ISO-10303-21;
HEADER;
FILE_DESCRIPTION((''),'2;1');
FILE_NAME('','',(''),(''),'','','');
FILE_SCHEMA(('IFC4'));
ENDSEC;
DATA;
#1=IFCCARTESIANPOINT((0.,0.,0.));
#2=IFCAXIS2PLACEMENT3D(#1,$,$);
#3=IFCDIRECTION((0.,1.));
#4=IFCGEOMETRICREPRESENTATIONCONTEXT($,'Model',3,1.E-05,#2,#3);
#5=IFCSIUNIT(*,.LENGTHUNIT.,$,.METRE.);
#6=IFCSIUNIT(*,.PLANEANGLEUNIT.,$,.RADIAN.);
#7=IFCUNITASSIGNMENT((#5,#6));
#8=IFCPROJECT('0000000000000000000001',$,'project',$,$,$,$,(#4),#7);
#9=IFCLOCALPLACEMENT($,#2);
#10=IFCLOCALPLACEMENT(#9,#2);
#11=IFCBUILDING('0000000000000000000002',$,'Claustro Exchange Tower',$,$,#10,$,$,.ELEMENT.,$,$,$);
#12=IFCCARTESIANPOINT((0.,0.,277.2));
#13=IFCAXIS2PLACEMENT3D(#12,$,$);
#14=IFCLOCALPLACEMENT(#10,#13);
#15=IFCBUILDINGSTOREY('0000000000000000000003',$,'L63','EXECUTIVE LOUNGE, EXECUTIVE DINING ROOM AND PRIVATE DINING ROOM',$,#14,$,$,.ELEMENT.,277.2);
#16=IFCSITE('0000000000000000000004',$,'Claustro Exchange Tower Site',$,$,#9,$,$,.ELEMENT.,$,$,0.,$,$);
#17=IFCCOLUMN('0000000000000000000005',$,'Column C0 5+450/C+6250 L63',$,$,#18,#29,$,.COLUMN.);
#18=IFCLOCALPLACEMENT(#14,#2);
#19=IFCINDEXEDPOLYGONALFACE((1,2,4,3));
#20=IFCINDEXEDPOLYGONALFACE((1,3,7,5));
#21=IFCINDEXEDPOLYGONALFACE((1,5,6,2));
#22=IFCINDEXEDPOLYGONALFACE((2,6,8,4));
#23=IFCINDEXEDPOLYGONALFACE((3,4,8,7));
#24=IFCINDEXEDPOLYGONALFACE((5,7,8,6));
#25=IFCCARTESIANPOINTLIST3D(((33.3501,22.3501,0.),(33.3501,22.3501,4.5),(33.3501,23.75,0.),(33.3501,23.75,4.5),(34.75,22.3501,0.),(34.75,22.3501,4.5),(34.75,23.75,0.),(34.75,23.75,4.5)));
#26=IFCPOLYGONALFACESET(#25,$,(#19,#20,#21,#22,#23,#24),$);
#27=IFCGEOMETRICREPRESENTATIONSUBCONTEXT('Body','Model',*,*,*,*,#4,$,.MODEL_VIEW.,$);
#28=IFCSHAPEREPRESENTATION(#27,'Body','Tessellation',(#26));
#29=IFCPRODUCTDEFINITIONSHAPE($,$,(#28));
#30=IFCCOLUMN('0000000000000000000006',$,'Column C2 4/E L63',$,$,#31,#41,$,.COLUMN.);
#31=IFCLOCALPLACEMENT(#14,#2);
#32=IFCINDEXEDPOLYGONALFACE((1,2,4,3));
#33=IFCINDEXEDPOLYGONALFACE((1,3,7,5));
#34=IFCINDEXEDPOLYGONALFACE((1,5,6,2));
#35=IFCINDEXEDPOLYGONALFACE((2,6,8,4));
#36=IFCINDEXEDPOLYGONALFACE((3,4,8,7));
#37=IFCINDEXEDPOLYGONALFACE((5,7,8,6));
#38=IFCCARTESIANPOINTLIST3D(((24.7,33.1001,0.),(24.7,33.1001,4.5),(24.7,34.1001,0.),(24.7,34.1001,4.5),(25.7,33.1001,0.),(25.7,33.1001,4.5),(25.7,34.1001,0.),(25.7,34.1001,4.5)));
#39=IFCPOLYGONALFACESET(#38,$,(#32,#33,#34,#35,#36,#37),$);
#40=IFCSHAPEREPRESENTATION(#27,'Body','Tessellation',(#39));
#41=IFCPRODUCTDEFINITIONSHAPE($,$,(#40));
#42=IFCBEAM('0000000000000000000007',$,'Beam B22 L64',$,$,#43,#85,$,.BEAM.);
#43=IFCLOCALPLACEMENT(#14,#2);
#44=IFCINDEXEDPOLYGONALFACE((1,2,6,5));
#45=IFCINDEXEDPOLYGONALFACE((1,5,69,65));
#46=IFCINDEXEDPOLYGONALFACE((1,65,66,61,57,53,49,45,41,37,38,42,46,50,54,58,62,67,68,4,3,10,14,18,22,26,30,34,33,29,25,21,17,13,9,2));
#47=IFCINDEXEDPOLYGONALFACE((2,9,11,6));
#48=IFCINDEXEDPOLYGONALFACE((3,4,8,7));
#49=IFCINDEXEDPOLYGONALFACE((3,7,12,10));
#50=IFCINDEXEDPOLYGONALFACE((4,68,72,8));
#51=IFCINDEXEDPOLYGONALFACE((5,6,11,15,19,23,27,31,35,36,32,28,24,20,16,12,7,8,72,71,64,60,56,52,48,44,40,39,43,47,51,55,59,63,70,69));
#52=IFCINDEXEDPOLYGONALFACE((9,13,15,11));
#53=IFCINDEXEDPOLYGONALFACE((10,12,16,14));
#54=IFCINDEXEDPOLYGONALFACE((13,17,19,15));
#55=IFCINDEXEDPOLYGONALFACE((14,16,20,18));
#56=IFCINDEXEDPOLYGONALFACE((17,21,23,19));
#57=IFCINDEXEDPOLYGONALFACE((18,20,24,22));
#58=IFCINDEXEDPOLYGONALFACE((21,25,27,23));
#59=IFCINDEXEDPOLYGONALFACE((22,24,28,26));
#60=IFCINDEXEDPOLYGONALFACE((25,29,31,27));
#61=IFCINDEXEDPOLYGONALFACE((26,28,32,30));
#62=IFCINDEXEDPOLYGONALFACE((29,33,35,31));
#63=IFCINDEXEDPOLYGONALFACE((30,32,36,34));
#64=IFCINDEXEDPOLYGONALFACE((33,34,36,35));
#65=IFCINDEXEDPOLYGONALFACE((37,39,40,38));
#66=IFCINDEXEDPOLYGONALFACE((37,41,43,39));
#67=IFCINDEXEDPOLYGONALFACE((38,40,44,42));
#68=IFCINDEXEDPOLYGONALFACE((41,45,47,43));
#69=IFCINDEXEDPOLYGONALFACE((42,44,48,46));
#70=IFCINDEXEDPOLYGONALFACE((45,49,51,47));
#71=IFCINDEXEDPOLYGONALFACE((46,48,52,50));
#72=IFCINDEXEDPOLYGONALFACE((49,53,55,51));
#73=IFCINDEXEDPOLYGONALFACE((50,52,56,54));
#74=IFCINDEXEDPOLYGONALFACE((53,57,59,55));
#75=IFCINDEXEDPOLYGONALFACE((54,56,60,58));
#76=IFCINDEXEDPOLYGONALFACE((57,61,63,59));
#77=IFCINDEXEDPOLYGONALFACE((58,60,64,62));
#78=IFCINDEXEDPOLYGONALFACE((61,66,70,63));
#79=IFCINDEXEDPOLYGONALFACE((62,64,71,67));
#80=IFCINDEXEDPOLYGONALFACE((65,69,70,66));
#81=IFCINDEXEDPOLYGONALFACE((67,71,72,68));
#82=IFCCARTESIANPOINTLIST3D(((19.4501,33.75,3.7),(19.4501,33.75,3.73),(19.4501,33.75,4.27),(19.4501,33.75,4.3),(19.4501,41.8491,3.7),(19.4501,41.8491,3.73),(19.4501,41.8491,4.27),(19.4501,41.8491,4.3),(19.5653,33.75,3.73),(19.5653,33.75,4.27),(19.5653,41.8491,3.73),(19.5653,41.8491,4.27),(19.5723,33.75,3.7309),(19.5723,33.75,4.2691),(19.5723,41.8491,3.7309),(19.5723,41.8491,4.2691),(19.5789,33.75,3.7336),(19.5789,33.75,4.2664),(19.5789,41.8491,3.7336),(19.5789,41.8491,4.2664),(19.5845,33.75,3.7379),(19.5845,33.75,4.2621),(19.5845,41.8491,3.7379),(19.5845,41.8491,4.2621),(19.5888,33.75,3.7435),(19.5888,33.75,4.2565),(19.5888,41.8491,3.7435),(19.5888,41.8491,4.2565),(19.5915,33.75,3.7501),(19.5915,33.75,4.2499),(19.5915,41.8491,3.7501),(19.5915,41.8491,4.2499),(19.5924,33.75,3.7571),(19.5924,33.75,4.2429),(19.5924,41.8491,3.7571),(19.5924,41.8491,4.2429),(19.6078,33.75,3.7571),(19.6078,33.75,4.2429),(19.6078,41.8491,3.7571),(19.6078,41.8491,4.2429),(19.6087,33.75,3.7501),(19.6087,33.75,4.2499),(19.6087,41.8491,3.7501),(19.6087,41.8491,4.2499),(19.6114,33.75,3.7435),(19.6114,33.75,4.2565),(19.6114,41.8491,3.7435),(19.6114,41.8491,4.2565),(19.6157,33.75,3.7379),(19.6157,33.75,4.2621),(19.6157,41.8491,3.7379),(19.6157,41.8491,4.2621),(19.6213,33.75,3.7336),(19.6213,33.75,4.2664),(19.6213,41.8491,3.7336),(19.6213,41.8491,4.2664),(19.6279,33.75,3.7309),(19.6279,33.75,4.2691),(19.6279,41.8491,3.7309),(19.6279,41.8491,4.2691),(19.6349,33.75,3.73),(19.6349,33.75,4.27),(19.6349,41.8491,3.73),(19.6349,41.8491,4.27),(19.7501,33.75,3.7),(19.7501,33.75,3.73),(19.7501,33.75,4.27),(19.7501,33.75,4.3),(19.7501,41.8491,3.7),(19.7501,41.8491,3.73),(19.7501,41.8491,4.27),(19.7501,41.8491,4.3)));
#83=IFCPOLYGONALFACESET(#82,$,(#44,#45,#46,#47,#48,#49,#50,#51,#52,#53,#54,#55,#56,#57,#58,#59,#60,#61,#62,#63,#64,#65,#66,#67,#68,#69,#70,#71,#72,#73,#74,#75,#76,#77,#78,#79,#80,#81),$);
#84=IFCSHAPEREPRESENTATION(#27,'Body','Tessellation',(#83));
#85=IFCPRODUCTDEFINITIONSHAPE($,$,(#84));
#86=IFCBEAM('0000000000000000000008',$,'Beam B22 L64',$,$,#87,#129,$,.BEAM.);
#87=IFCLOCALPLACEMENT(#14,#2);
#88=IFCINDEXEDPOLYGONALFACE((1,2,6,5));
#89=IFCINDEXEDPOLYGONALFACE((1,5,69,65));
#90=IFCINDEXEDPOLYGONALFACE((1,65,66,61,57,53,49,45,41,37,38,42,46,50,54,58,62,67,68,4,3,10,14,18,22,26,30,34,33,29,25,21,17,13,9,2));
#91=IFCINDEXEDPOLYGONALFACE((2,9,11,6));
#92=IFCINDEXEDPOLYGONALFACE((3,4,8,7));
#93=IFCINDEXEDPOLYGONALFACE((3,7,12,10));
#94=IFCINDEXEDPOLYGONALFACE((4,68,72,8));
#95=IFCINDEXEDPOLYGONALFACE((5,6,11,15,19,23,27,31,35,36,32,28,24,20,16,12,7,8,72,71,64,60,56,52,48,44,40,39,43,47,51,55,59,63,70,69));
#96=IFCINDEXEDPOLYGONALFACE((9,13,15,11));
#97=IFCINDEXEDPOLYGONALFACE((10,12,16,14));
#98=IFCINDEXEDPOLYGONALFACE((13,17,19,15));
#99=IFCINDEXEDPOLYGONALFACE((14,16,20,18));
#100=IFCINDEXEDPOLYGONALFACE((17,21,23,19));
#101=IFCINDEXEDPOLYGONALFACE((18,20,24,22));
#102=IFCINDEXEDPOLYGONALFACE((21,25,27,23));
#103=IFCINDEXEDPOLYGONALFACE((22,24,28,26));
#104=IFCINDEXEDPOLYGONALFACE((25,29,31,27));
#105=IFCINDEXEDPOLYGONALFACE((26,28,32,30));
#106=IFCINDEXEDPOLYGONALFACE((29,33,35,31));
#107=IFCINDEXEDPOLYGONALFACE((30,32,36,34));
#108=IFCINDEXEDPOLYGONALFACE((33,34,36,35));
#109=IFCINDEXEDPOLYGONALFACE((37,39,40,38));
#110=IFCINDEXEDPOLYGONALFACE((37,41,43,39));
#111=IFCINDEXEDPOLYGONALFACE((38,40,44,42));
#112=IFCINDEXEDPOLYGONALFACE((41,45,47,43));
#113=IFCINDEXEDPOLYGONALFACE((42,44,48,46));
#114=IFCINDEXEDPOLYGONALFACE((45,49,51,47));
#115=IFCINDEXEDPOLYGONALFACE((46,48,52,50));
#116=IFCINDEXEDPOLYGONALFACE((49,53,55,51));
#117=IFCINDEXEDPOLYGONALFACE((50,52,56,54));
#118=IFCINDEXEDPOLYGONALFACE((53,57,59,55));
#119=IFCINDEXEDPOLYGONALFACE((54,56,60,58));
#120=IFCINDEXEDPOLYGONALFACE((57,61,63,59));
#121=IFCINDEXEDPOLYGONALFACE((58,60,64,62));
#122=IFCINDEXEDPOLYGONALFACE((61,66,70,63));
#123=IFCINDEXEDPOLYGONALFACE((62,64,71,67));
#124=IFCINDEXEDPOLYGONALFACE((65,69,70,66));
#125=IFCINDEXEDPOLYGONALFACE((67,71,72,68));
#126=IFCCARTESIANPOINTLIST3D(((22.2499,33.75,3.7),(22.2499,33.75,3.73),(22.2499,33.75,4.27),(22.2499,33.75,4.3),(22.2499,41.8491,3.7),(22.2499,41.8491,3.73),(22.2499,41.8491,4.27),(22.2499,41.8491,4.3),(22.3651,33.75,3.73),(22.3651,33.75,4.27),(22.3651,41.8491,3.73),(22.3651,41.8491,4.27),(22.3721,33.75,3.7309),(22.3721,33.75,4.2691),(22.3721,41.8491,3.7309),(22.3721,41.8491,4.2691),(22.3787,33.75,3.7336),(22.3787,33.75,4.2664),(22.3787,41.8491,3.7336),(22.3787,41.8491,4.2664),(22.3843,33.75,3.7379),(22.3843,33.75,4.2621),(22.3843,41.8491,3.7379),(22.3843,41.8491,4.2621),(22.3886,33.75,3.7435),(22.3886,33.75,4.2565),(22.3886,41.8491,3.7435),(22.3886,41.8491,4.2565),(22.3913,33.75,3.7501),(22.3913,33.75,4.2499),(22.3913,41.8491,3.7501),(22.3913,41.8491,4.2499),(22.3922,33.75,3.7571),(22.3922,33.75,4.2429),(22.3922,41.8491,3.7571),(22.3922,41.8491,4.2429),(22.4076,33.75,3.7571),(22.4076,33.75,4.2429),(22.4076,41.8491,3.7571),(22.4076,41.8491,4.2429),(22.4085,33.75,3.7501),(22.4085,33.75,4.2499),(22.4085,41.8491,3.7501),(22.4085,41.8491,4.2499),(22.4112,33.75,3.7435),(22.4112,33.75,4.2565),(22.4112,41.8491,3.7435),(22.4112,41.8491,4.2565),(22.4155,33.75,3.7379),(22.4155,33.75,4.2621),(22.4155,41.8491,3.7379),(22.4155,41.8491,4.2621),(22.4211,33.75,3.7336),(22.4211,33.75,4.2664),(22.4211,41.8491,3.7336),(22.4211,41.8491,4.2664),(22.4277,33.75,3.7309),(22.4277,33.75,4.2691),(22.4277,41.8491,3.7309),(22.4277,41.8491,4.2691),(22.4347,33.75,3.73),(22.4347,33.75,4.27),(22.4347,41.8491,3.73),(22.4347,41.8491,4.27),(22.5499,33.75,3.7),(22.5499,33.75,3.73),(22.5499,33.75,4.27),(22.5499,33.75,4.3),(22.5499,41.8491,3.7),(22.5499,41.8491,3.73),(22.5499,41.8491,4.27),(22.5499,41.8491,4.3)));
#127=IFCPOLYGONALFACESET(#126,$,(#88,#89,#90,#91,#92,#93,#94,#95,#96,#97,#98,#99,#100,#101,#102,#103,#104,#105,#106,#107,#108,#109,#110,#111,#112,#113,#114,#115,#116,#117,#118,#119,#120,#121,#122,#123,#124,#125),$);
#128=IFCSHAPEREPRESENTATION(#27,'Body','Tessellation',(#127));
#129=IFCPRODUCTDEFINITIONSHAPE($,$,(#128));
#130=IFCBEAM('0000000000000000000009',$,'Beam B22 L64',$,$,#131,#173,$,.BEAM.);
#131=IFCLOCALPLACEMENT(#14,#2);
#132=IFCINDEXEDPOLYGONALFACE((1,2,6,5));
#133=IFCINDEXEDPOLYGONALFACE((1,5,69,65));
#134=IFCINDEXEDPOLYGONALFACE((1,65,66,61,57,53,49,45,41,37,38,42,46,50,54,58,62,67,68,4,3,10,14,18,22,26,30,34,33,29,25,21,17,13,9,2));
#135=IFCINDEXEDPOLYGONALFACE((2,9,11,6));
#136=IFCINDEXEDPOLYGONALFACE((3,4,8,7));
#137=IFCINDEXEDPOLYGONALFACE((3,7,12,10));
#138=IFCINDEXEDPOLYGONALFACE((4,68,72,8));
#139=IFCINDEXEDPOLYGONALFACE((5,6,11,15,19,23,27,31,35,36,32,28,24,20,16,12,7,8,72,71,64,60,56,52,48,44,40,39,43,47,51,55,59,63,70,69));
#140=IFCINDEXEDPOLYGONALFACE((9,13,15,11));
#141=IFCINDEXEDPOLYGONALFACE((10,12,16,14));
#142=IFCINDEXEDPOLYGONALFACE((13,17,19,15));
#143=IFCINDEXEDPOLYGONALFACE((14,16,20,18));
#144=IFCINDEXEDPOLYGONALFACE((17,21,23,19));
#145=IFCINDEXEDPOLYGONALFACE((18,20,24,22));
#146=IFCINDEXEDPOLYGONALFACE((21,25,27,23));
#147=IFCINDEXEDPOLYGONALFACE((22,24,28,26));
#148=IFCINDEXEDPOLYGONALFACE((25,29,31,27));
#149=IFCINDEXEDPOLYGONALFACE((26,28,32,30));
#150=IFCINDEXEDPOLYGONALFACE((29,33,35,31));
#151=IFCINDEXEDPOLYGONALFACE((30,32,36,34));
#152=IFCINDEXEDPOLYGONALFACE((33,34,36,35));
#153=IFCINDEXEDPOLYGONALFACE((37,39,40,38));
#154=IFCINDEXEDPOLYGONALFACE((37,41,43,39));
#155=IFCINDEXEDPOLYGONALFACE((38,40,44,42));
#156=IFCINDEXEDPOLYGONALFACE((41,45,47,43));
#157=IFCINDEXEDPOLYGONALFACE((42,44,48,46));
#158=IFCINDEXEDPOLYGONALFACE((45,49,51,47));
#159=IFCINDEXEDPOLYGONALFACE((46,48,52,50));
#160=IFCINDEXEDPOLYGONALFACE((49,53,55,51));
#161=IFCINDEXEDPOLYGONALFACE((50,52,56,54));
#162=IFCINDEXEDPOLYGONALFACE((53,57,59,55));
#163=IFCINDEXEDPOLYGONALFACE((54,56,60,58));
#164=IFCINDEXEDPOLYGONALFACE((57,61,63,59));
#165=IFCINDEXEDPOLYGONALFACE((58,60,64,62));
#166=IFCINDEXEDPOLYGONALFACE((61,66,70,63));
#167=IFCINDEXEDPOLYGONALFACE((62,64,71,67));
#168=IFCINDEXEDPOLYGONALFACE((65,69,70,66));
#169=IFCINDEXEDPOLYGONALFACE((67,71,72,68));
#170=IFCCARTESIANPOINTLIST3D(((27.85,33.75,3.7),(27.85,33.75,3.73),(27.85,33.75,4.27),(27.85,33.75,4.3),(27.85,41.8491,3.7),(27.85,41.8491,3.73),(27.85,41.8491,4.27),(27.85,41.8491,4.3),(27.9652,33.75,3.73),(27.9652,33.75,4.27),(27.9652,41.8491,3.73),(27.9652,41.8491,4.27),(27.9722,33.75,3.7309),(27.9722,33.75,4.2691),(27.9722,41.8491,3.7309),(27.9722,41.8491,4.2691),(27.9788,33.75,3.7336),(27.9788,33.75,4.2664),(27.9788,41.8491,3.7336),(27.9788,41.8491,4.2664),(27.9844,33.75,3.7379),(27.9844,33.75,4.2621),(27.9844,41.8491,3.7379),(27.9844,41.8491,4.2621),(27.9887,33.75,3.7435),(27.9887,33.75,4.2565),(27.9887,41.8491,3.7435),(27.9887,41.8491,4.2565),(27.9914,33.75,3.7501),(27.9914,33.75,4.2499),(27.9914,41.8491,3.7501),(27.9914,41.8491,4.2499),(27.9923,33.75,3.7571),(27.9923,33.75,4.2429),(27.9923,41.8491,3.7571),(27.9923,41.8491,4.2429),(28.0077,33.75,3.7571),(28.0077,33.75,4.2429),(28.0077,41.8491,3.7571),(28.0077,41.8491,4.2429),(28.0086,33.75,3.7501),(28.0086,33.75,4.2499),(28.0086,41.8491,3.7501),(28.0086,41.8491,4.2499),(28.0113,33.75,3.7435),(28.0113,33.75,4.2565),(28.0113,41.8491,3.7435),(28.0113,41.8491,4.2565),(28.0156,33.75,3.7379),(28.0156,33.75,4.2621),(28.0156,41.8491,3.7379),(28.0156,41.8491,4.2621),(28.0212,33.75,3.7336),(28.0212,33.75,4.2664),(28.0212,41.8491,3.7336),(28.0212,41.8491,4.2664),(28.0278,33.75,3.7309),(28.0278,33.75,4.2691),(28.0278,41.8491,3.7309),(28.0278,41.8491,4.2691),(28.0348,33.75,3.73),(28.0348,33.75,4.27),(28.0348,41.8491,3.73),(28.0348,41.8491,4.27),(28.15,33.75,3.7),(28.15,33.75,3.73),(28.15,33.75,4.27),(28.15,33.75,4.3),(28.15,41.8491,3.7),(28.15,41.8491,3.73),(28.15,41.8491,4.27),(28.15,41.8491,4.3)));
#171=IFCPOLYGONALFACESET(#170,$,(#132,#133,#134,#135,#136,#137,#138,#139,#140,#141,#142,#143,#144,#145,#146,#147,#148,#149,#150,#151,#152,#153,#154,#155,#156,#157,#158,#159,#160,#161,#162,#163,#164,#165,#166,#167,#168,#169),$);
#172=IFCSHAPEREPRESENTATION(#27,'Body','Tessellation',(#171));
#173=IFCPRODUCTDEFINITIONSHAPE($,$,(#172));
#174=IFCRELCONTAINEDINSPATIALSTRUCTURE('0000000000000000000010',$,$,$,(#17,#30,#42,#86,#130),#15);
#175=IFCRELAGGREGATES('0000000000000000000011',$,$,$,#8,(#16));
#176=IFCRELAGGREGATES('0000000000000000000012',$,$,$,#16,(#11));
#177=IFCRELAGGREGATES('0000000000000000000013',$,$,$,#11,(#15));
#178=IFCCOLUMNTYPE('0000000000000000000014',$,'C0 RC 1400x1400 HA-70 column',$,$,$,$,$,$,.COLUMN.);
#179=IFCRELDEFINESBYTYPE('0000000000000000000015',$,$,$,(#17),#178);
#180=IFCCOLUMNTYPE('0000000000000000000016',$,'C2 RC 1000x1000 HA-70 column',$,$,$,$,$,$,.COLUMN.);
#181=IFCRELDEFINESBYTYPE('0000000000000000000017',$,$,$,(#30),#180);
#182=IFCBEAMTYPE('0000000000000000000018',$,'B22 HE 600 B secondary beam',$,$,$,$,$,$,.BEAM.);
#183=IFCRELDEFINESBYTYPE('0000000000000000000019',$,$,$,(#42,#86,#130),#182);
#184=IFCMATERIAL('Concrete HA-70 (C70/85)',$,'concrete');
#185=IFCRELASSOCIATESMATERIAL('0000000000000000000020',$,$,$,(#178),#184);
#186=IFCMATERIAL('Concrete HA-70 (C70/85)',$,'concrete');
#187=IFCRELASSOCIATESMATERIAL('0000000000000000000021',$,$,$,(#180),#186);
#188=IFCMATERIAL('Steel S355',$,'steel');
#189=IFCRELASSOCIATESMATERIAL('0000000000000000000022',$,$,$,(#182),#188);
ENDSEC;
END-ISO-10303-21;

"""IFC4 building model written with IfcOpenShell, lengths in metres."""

from ifc_helpers import new_model, si_unit, direction, frame, origin, origin_2d, place, context, subcontext, project, spatial, rectangle, i_section, extrude, material, material_profile, profile_set, type_object, element, save


model = new_model("IFC4")

# Units and contexts
model_context = context("Model", 3, precision=1e-05, world=origin(), true_north=direction((0.0, 1.0)))
body_context = subcontext(model_context, "Body", "Model", "MODEL_VIEW")
ifc_project = project(units=[si_unit("LENGTHUNIT", "METRE"), si_unit("PLANEANGLEUNIT", "RADIAN")], contexts=[model_context])

# Site, building, storey
site_placement = place(None, origin())
site = spatial("IfcSite", under=ifc_project, at=site_placement, Name="Claustro Exchange Tower Site", CompositionType="ELEMENT", RefElevation=0.0)
building_placement = place(site_placement, origin())
building = spatial("IfcBuilding", under=site, at=building_placement, Name="Claustro Exchange Tower", CompositionType="ELEMENT")
storey_placement = place(building_placement, frame((0.0, 0.0, 277.2)))
storey = spatial("IfcBuildingStorey", under=building, at=storey_placement, Name="L63", Description="EXECUTIVE LOUNGE, EXECUTIVE DINING ROOM AND PRIVATE DINING ROOM", CompositionType="ELEMENT", Elevation=277.2)

# Columns
ifc_material_1 = material(Name="Concrete HA-70 (C70/85)", Category="concrete")
ifc_material_profile_1 = material_profile(ifc_material_1, rectangle(XDim=1.3999, YDim=1.3999, at=origin_2d()), Name="RC 1400x1400")
ifc_profile_set_1 = profile_set([ifc_material_profile_1], Name="Concrete HA-70 (C70/85)")
column_type_1 = type_object("IfcColumnType", Name="C0 RC 1400x1400 HA-70 column", PredefinedType="COLUMN", material=ifc_profile_set_1)
column_1_placement = place(storey_placement, frame((34.05, 23.05, 0.0), z_axis=(0.0, 0.0, 1.0), x_axis=(1.0, 0.0, 0.0)))
element("IfcColumn", 1, at=column_1_placement, inside=storey, type_object=column_type_1, Name="Column C0 5+450/C+6250 L63", PredefinedType="COLUMN", context=body_context, shape_type="SweptSolid", body=[
    extrude(rectangle(XDim=1.3999, YDim=1.3999, at=origin_2d()), origin(), (0.0, 0.0, 1.0), 4.5),
])
ifc_material_2 = material(Name="Concrete HA-70 (C70/85)", Category="concrete")
ifc_material_profile_2 = material_profile(ifc_material_2, rectangle(XDim=1.0, YDim=1.0, at=origin_2d()), Name="RC 1000x1000")
ifc_profile_set_2 = profile_set([ifc_material_profile_2], Name="Concrete HA-70 (C70/85)")
column_type_2 = type_object("IfcColumnType", Name="C2 RC 1000x1000 HA-70 column", PredefinedType="COLUMN", material=ifc_profile_set_2)
column_2_placement = place(storey_placement, frame((25.2, 33.6001, 0.0), z_axis=(0.0, 0.0, 1.0), x_axis=(1.0, 0.0, 0.0)))
element("IfcColumn", 2, at=column_2_placement, inside=storey, type_object=column_type_2, Name="Column C2 4/E L63", PredefinedType="COLUMN", context=body_context, shape_type="SweptSolid", body=[
    extrude(rectangle(XDim=1.0, YDim=1.0, at=origin_2d()), origin(), (0.0, 0.0, 1.0), 4.5),
])

# Beams
ifc_material_3 = material(Name="Steel S355", Category="steel")
ifc_material_profile_3 = material_profile(ifc_material_3, i_section(OverallWidth=0.3, OverallDepth=0.6001, WebThickness=0.0154, FlangeThickness=0.03, FilletRadius=0.0271, at=origin_2d()), Name="HE 600 B")
ifc_profile_set_3 = profile_set([ifc_material_profile_3], Name="Steel S355")
beam_type_1 = type_object("IfcBeamType", Name="B22 HE 600 B secondary beam", PredefinedType="BEAM", material=ifc_profile_set_3)
for number, where, z_axis, x_axis, name in (
    (3, (19.6001, 33.75, 4.0), (0.0, 1.0, 0.0), (-1.0, 0.0, 0.0), "Beam B22 L64"),
    (4, (22.3999, 33.75, 4.0), (0.0, 1.0, 0.0), (-1.0, 0.0, 0.0), "Beam B22 L64"),
    (5, (28.0, 33.75, 4.0), (0.0, 1.0, 0.0), (-1.0, 0.0, 0.0), "Beam B22 L64"),
):
    element("IfcBeam", number, at=place(storey_placement, frame(where, z_axis=z_axis, x_axis=x_axis)), inside=storey, type_object=beam_type_1, Name=name, PredefinedType="BEAM", context=body_context, shape_type="SweptSolid", body=[
        extrude(i_section(OverallWidth=0.3, OverallDepth=0.6001, WebThickness=0.0154, FlangeThickness=0.03, FilletRadius=0.0271, at=origin_2d()), origin(), (0.0, 0.0, 1.0), 8.0991),
    ])

save(model, "model.ifc")
